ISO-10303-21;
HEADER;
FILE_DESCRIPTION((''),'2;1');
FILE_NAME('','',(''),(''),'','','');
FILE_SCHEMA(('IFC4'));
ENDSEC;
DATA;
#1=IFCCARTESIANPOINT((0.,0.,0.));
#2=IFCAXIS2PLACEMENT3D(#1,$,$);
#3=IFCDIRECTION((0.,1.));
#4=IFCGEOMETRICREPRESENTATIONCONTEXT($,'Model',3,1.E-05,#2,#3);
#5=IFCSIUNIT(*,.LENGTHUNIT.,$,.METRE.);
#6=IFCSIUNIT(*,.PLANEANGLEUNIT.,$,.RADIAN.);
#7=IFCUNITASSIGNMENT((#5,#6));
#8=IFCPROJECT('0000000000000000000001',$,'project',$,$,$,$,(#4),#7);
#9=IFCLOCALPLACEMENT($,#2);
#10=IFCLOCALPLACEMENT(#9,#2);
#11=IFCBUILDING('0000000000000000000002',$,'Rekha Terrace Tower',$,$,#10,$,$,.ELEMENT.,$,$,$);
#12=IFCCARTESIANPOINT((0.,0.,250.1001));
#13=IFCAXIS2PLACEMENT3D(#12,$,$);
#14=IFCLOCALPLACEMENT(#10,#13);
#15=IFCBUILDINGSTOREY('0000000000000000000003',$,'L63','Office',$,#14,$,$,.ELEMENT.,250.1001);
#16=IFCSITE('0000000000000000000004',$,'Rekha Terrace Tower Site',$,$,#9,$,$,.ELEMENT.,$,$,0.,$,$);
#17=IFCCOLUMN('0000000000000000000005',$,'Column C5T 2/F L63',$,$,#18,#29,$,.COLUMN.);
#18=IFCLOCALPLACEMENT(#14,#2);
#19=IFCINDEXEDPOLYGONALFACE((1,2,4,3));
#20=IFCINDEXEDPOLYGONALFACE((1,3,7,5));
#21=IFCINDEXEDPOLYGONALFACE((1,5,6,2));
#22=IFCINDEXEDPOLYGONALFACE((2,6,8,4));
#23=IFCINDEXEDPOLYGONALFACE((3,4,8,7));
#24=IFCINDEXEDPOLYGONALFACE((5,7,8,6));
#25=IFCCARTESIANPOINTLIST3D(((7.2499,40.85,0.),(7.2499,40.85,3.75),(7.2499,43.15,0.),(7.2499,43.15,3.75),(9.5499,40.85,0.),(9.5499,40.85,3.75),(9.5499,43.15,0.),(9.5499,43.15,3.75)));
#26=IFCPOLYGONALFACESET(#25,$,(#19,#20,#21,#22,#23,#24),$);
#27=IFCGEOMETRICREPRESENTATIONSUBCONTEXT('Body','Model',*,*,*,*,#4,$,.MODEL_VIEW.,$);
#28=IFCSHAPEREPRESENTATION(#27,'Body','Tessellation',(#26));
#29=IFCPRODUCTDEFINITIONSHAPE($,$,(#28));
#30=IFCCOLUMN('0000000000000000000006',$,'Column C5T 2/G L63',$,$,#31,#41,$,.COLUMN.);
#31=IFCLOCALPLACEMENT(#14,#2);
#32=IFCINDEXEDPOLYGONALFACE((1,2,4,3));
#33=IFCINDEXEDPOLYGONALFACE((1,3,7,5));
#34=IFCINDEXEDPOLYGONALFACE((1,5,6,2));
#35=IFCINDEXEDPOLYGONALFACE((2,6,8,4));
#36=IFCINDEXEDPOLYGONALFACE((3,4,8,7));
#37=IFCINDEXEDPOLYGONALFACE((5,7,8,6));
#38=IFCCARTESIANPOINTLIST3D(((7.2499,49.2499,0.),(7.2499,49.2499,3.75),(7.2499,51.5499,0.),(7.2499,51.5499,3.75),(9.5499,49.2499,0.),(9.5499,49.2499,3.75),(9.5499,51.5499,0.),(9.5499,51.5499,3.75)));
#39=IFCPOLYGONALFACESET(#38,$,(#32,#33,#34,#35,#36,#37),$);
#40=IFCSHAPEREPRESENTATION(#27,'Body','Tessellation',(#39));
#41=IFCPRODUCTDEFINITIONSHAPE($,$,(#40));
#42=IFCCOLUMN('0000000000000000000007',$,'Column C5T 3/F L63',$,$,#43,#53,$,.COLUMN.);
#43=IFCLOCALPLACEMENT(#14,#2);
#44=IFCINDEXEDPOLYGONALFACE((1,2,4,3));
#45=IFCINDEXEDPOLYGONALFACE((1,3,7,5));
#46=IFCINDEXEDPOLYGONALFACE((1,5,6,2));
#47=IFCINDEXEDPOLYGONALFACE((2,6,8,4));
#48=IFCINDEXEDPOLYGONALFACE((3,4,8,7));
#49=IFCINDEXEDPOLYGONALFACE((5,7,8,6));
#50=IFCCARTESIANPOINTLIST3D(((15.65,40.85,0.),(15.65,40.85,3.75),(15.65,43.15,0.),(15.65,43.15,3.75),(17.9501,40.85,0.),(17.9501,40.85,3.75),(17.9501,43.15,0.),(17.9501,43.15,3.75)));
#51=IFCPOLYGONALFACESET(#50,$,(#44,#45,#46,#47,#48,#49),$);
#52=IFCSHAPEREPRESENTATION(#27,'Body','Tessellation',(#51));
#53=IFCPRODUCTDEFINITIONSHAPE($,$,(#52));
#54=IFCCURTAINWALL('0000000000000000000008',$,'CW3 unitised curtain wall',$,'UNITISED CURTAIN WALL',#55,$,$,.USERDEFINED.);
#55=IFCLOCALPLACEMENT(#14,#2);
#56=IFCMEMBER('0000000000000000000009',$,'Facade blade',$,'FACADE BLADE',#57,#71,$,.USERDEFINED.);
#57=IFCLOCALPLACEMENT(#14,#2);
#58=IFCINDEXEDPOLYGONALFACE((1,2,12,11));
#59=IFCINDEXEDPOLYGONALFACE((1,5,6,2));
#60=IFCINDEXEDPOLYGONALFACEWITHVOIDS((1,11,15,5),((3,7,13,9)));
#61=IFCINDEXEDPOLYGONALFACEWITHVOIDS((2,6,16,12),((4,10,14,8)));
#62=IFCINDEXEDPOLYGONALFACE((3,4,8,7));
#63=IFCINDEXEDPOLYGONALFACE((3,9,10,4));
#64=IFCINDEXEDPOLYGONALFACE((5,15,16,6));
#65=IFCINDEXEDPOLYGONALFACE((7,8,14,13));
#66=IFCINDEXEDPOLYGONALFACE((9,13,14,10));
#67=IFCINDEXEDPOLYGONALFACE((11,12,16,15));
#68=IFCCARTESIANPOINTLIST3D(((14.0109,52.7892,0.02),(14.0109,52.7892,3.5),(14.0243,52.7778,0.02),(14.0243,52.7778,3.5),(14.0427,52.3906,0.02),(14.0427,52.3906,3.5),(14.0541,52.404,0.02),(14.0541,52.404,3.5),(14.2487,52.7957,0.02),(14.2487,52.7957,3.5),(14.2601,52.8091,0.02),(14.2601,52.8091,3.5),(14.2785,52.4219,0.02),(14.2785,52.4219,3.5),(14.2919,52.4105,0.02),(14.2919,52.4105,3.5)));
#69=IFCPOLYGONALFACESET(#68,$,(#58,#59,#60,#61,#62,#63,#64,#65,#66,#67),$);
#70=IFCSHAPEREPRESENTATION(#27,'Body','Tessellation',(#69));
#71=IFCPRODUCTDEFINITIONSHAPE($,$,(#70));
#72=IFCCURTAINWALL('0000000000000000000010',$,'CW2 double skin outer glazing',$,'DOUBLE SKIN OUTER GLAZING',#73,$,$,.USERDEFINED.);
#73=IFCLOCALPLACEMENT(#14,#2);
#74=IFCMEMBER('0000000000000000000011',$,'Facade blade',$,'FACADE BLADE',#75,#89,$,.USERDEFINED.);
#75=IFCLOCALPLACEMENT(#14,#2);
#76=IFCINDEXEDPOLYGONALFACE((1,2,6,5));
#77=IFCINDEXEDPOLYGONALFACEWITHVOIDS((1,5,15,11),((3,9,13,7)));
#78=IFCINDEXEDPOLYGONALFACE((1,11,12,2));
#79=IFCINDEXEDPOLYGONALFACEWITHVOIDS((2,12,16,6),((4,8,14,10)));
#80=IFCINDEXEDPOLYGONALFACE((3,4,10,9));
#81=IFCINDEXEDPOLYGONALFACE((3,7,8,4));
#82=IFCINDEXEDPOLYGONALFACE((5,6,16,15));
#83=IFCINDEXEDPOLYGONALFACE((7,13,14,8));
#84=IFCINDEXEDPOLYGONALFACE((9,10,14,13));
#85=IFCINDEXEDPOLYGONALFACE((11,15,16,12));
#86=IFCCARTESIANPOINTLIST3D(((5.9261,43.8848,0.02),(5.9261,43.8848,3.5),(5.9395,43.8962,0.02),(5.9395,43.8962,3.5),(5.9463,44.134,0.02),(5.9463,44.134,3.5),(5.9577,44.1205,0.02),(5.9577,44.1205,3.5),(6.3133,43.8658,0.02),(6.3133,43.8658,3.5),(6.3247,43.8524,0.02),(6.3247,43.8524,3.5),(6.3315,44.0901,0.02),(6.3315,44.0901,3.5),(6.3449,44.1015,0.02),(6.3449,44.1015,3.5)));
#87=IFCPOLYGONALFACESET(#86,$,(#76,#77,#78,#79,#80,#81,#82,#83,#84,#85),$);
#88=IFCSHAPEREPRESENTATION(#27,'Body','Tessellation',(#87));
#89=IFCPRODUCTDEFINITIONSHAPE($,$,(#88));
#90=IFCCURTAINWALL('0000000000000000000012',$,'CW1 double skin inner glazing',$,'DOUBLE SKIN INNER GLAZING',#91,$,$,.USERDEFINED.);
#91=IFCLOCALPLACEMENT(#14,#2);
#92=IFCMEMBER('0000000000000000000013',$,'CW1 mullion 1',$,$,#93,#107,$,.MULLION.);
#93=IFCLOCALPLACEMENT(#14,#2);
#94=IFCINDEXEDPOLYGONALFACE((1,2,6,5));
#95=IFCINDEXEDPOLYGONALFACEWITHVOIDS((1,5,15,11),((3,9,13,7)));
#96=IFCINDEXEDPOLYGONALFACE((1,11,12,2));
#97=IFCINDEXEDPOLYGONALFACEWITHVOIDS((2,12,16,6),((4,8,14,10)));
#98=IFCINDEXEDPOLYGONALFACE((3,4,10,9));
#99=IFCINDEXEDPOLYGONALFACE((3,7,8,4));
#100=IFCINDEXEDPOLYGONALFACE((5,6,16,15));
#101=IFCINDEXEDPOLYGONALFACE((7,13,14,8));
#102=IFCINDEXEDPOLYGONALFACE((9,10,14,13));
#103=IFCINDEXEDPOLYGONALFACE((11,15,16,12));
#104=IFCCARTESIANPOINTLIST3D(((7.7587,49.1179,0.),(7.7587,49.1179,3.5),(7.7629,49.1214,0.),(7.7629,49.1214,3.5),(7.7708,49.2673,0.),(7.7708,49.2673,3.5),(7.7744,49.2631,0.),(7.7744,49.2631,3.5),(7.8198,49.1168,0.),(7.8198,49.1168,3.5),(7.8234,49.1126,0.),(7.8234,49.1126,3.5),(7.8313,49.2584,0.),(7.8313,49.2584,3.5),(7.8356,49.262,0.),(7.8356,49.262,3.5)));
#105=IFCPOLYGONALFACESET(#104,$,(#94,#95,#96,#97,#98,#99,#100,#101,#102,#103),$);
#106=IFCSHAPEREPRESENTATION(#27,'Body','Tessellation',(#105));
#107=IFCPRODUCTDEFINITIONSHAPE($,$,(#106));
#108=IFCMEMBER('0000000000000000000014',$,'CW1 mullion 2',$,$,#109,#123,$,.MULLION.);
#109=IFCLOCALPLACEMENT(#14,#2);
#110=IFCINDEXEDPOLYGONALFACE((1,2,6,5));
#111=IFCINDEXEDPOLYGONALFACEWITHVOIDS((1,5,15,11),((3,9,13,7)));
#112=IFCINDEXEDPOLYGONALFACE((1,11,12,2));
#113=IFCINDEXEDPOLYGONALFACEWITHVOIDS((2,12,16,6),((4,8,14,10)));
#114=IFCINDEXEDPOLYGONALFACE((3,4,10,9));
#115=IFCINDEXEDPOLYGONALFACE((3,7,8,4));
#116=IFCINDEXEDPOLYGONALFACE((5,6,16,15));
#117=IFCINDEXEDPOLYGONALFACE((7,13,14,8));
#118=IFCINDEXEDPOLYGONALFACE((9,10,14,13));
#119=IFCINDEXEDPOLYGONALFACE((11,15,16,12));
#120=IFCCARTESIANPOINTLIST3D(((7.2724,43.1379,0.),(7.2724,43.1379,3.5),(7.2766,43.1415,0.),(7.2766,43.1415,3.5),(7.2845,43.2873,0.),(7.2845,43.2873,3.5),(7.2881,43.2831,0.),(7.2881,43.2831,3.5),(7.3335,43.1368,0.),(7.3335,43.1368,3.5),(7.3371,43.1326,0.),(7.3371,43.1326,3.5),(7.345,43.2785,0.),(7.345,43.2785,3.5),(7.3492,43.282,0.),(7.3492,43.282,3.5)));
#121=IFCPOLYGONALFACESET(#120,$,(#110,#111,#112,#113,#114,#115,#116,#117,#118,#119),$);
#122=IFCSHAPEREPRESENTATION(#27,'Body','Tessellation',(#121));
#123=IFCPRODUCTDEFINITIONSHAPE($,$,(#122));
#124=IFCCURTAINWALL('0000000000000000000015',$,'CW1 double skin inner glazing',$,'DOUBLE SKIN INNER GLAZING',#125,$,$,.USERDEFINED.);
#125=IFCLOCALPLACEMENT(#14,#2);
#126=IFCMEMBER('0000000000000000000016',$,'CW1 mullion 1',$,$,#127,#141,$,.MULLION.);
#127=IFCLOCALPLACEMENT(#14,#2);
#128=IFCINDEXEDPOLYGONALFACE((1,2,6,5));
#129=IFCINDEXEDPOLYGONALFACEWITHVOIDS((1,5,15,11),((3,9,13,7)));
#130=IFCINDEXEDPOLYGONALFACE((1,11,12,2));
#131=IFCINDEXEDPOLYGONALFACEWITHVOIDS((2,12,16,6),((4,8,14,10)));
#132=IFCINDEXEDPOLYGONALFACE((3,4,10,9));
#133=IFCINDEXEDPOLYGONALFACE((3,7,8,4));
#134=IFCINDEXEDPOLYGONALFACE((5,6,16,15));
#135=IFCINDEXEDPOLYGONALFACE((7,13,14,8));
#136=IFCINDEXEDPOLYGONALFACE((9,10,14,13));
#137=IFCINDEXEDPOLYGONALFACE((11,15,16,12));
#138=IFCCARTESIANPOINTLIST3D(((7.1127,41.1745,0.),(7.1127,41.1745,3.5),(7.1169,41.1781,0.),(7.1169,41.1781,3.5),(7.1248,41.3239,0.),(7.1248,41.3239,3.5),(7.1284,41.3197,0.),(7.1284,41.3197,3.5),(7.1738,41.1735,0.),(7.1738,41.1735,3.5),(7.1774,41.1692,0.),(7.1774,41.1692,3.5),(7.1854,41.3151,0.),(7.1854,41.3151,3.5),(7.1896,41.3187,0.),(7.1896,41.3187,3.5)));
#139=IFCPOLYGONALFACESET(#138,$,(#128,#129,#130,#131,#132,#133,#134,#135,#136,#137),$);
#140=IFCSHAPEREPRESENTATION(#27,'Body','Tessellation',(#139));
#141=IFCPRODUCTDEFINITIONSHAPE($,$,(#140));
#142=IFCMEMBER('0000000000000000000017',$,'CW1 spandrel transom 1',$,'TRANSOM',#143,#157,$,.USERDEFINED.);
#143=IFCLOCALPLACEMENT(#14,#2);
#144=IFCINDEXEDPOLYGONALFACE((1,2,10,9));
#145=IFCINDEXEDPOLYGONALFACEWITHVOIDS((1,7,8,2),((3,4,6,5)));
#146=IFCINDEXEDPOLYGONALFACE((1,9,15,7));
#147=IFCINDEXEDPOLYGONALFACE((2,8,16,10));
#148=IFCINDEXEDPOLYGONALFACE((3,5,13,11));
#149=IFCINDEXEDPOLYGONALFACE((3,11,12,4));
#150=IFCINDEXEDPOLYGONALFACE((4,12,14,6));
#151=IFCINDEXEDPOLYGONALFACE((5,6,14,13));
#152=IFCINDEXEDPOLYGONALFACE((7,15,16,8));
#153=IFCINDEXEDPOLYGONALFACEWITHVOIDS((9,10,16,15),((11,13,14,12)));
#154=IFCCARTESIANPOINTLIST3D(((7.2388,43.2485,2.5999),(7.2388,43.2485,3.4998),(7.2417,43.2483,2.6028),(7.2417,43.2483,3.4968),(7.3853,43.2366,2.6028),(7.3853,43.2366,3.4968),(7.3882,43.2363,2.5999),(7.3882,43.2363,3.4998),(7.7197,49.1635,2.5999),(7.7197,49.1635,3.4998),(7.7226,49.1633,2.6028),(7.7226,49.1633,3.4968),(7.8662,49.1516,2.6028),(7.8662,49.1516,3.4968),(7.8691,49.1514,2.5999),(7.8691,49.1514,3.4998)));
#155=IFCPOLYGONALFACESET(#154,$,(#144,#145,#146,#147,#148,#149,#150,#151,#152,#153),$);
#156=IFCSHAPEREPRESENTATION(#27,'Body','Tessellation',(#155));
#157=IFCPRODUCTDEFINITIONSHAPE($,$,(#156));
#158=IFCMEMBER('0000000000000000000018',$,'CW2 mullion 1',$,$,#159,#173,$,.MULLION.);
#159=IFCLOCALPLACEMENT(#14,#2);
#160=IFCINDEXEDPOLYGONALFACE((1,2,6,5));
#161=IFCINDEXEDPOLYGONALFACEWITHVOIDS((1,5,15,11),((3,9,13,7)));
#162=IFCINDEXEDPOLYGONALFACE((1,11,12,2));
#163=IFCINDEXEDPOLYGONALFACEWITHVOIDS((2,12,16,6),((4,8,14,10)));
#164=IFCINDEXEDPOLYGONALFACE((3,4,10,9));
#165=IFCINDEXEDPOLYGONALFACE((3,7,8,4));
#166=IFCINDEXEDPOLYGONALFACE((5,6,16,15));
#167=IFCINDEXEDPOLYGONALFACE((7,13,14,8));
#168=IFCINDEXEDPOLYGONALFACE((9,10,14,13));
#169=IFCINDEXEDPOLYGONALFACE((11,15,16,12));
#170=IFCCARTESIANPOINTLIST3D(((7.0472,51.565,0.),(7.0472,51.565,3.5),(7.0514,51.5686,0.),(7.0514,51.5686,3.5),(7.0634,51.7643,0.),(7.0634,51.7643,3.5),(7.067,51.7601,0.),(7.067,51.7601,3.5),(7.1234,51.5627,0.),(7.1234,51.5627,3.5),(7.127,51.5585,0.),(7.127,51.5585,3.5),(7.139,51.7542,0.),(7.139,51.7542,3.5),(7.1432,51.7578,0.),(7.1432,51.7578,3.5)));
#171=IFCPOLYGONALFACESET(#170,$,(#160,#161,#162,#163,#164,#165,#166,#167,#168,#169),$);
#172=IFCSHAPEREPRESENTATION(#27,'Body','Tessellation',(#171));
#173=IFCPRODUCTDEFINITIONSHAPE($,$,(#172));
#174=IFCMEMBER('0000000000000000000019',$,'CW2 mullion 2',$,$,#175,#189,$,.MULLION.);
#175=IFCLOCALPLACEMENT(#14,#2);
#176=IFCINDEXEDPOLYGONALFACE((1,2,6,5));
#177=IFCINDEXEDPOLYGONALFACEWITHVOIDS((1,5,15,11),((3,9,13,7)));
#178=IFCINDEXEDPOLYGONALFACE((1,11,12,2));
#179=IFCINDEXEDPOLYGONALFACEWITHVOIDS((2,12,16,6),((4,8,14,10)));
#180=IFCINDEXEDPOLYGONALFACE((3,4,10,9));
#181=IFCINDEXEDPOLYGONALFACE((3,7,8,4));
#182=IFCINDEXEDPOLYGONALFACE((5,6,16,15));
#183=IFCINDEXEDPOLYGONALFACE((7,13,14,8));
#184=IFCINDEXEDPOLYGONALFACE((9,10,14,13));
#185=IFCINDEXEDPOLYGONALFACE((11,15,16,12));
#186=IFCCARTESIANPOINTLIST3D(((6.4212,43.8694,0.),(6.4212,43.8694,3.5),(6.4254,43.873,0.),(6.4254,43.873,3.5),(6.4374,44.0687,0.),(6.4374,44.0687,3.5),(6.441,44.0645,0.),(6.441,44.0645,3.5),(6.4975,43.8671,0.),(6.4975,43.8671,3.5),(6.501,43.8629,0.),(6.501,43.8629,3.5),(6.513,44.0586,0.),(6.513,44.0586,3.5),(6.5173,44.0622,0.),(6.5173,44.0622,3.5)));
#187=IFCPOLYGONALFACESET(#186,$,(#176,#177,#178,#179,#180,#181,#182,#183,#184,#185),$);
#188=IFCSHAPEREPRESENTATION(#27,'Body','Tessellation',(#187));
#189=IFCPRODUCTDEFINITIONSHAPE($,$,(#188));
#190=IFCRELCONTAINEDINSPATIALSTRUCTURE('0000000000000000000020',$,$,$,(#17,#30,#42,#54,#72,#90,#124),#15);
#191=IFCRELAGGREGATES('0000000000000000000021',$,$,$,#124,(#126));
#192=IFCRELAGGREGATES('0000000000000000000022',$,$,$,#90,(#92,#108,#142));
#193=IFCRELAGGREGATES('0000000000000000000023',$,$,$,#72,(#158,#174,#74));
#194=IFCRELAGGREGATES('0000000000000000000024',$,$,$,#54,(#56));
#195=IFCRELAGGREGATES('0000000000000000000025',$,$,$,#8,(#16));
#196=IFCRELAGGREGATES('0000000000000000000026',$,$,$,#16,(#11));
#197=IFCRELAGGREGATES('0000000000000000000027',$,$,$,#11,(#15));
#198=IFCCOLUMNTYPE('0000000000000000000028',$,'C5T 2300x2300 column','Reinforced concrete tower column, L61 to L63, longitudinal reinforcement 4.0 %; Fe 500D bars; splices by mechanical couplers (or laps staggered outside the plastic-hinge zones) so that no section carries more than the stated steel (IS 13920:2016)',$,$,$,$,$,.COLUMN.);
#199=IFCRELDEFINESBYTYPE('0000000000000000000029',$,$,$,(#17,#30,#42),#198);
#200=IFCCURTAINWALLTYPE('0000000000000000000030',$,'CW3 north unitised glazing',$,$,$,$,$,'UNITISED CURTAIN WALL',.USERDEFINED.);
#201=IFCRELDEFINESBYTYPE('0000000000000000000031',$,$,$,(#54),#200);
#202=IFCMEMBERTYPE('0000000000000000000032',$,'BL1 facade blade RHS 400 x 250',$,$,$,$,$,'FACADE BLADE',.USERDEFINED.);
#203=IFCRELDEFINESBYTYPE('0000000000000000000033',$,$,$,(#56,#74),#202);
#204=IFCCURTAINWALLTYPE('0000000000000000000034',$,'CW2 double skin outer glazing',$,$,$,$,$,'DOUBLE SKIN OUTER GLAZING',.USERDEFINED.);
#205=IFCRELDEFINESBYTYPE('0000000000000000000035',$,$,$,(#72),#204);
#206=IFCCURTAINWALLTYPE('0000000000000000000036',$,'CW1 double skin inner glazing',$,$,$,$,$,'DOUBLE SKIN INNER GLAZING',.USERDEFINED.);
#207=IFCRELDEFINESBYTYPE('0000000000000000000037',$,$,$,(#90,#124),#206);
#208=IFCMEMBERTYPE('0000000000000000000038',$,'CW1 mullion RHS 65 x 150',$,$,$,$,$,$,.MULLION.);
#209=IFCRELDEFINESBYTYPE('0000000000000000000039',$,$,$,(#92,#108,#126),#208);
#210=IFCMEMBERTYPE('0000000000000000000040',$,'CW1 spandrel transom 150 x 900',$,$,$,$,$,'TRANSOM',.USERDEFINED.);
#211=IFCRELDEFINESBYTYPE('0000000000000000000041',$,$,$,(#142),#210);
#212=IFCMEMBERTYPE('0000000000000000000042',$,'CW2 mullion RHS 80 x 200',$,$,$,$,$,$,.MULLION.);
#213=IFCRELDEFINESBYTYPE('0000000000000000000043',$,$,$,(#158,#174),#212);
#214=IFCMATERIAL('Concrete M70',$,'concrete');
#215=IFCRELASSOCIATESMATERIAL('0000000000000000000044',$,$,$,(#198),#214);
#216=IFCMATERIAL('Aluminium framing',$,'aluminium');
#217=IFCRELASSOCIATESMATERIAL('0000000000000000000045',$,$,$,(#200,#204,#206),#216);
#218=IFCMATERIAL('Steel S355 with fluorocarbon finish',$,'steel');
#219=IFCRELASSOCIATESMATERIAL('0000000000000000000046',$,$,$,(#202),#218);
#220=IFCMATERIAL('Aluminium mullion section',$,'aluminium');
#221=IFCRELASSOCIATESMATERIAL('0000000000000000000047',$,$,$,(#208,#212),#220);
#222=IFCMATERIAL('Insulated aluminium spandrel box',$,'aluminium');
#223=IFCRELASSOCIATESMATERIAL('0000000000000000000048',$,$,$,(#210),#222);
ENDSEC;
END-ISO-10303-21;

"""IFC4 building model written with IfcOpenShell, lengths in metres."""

from ifc_helpers import new_model, si_unit, direction, frame, origin, origin_2d, place, context, subcontext, project, spatial, rectangle, hollow_rectangle, extrude, material, material_profile, profile_set, type_object, element, aggregate, save


model = new_model("IFC4")

# Units and contexts
model_context = context("Model", 3, precision=1e-05, world=origin(), true_north=direction((0.0, 1.0)))
body_context = subcontext(model_context, "Body", "Model", "MODEL_VIEW")
ifc_project = project(units=[si_unit("LENGTHUNIT", "METRE"), si_unit("PLANEANGLEUNIT", "RADIAN")], contexts=[model_context])

# Site, building, storey
site_placement = place(None, origin())
site = spatial("IfcSite", under=ifc_project, at=site_placement, Name="Rekha Terrace Tower Site", CompositionType="ELEMENT", RefElevation=0.0)
building_placement = place(site_placement, origin())
building = spatial("IfcBuilding", under=site, at=building_placement, Name="Rekha Terrace Tower", CompositionType="ELEMENT")
storey_placement = place(building_placement, frame((0.0, 0.0, 250.1001)))
storey = spatial("IfcBuildingStorey", under=building, at=storey_placement, Name="L63", Description="Office", CompositionType="ELEMENT", Elevation=250.1001)

# Columns
ifc_material_1 = material(Name="Concrete M70", Category="concrete")
ifc_material_profile_1 = material_profile(ifc_material_1, rectangle(XDim=2.3, YDim=2.3, at=origin_2d()), Name="RC 2300x2300")
ifc_profile_set_1 = profile_set([ifc_material_profile_1], Name="Concrete M70")
column_type = type_object("IfcColumnType", Name="C5T 2300x2300 column", Description="Reinforced concrete tower column, L61 to L63, longitudinal reinforcement 4.0 %; Fe 500D bars; splices by mechanical couplers (or laps staggered outside the plastic-hinge zones) so that no section carries more than the stated steel (IS 13920:2016)", PredefinedType="COLUMN", material=ifc_profile_set_1)
for number, where, z_axis, x_axis, name in (
    (1, (8.3999, 42.0, 0.0), (0.0, 0.0, 1.0), (1.0, 0.0, 0.0), "Column C5T 2/F L63"),
    (2, (8.3999, 50.3999, 0.0), (0.0, 0.0, 1.0), (1.0, 0.0, 0.0), "Column C5T 2/G L63"),
    (3, (16.8, 42.0, 0.0), (0.0, 0.0, 1.0), (1.0, 0.0, 0.0), "Column C5T 3/F L63"),
):
    element("IfcColumn", number, at=place(storey_placement, frame(where, z_axis=z_axis, x_axis=x_axis)), inside=storey, type_object=column_type, Name=name, PredefinedType="COLUMN", context=body_context, shape_type="SweptSolid", body=[
        extrude(rectangle(XDim=2.3, YDim=2.3, at=origin_2d()), origin(), (0.0, 0.0, 1.0), 3.75),
    ])

# Curtain walls, members
ifc_material_2 = material(Name="Aluminium framing", Category="aluminium")
curtain_wall_type_1 = type_object("IfcCurtainWallType", Name="CW3 north unitised glazing", ElementType="UNITISED CURTAIN WALL", PredefinedType="USERDEFINED", material=ifc_material_2)
curtain_wall_1_placement = place(storey_placement, origin())
curtain_wall_1 = element("IfcCurtainWall", 4, at=curtain_wall_1_placement, inside=storey, type_object=curtain_wall_type_1, Name="CW3 unitised curtain wall", ObjectType="UNITISED CURTAIN WALL", PredefinedType="USERDEFINED")
ifc_material_3 = material(Name="Steel S355 with fluorocarbon finish", Category="steel")
ifc_material_profile_2 = material_profile(ifc_material_3, hollow_rectangle(XDim=0.25, YDim=0.3999, WallThickness=0.0125, at=origin_2d()), Name="RHS400x250x12.5")
ifc_profile_set_2 = profile_set([ifc_material_profile_2], Name="Steel S355 with fluorocarbon finish")
member_type_1 = type_object("IfcMemberType", Name="BL1 facade blade RHS 400 x 250", ElementType="FACADE BLADE", PredefinedType="USERDEFINED", material=ifc_profile_set_2)
member_1_placement = place(storey_placement, frame((14.1514, 52.5999, 0.02), z_axis=(0.0, 0.0, 1.0), x_axis=(-0.996836, -0.079486, 0.0)))
member_1 = element("IfcMember", 5, at=member_1_placement, type_object=member_type_1, Name="Facade blade", ObjectType="FACADE BLADE", PredefinedType="USERDEFINED", context=body_context, shape_type="SweptSolid", body=[
    extrude(hollow_rectangle(XDim=0.25, YDim=0.3999, WallThickness=0.0125, at=origin_2d()), origin(), (0.0, 0.0, 1.0), 3.48),
])
curtain_wall_type_2 = type_object("IfcCurtainWallType", Name="CW2 double skin outer glazing", ElementType="DOUBLE SKIN OUTER GLAZING", PredefinedType="USERDEFINED", material=ifc_material_2)
curtain_wall_2_placement = place(storey_placement, origin())
curtain_wall_2 = element("IfcCurtainWall", 6, at=curtain_wall_2_placement, inside=storey, type_object=curtain_wall_type_2, Name="CW2 double skin outer glazing", ObjectType="DOUBLE SKIN OUTER GLAZING", PredefinedType="USERDEFINED")
member_2_placement = place(storey_placement, frame((6.1355, 43.9932, 0.02), z_axis=(0.0, 0.0, 1.0), x_axis=(-0.081069, -0.996709, 0.0)))
member_2 = element("IfcMember", 7, at=member_2_placement, type_object=member_type_1, Name="Facade blade", ObjectType="FACADE BLADE", PredefinedType="USERDEFINED", context=body_context, shape_type="SweptSolid", body=[
    extrude(hollow_rectangle(XDim=0.25, YDim=0.3999, WallThickness=0.0125, at=origin_2d()), origin(), (0.0, 0.0, 1.0), 3.48),
])

# Curtain wall, members
curtain_wall_type_3 = type_object("IfcCurtainWallType", Name="CW1 double skin inner glazing", ElementType="DOUBLE SKIN INNER GLAZING", PredefinedType="USERDEFINED", material=ifc_material_2)
curtain_wall_3_placement = place(storey_placement, origin())
curtain_wall_3 = element("IfcCurtainWall", 8, at=curtain_wall_3_placement, inside=storey, type_object=curtain_wall_type_3, Name="CW1 double skin inner glazing", ObjectType="DOUBLE SKIN INNER GLAZING", PredefinedType="USERDEFINED")
ifc_material_4 = material(Name="Aluminium mullion section", Category="aluminium")
ifc_material_profile_3 = material_profile(ifc_material_4, hollow_rectangle(XDim=0.0649, YDim=0.1499, WallThickness=0.0039, at=origin_2d()), Name="AL RHS 65x150")
ifc_profile_set_3 = profile_set([ifc_material_profile_3], Name="Aluminium mullion section")
member_type_2 = type_object("IfcMemberType", Name="CW1 mullion RHS 65 x 150", PredefinedType="MULLION", material=ifc_profile_set_3)
member_3_placement = place(storey_placement, frame((7.7971, 49.1899, 0.0), z_axis=(0.0, 0.0, 1.0), x_axis=(0.996709, -0.081068, 0.0)))
member_3 = element("IfcMember", 9, at=member_3_placement, type_object=member_type_2, Name="CW1 mullion 1", PredefinedType="MULLION", context=body_context, shape_type="SweptSolid", body=[
    extrude(hollow_rectangle(XDim=0.0649, YDim=0.1499, WallThickness=0.0039, at=origin_2d()), origin(), (0.0, 0.0, 1.0), 3.5),
])
member_4_placement = place(storey_placement, frame((7.3108, 43.21, 0.0), z_axis=(0.0, 0.0, 1.0), x_axis=(0.996709, -0.081068, 0.0)))
member_4 = element("IfcMember", 10, at=member_4_placement, type_object=member_type_2, Name="CW1 mullion 2", PredefinedType="MULLION", context=body_context, shape_type="SweptSolid", body=[
    extrude(hollow_rectangle(XDim=0.0649, YDim=0.1499, WallThickness=0.0039, at=origin_2d()), origin(), (0.0, 0.0, 1.0), 3.5),
])

# Curtain wall, member
curtain_wall_4_placement = place(storey_placement, origin())
curtain_wall_4 = element("IfcCurtainWall", 11, at=curtain_wall_4_placement, inside=storey, type_object=curtain_wall_type_3, Name="CW1 double skin inner glazing", ObjectType="DOUBLE SKIN INNER GLAZING", PredefinedType="USERDEFINED")
member_5_placement = place(storey_placement, frame((7.1511, 41.2466, 0.0), z_axis=(0.0, 0.0, 1.0), x_axis=(0.996709, -0.081068, 0.0)))
member_5 = element("IfcMember", 12, at=member_5_placement, type_object=member_type_2, Name="CW1 mullion 1", PredefinedType="MULLION", context=body_context, shape_type="SweptSolid", body=[
    extrude(hollow_rectangle(XDim=0.0649, YDim=0.1499, WallThickness=0.0039, at=origin_2d()), origin(), (0.0, 0.0, 1.0), 3.5),
])
aggregate(curtain_wall_4, [member_5])

# Members
ifc_material_5 = material(Name="Insulated aluminium spandrel box", Category="aluminium")
ifc_material_profile_4 = material_profile(ifc_material_5, hollow_rectangle(XDim=0.1499, YDim=0.8999, WallThickness=0.0029, at=origin_2d()), Name="AL SPANDREL BOX 150x900")
ifc_profile_set_4 = profile_set([ifc_material_profile_4], Name="Insulated aluminium spandrel box")
member_type_3 = type_object("IfcMemberType", Name="CW1 spandrel transom 150 x 900", ElementType="TRANSOM", PredefinedType="USERDEFINED", material=ifc_profile_set_4)
member_6_placement = place(storey_placement, frame((7.7944, 49.1575, 3.0498), z_axis=(-0.081043, -0.996711, 0.0), x_axis=(0.996711, -0.081043, 0.0)))
member_6 = element("IfcMember", 13, at=member_6_placement, type_object=member_type_3, Name="CW1 spandrel transom 1", ObjectType="TRANSOM", PredefinedType="USERDEFINED", context=body_context, shape_type="SweptSolid", body=[
    extrude(hollow_rectangle(XDim=0.1499, YDim=0.8999, WallThickness=0.0029, at=origin_2d()), origin(), (0.0, 0.0, 1.0), 5.9346),
])
ifc_material_profile_5 = material_profile(ifc_material_4, hollow_rectangle(XDim=0.0801, YDim=0.2, WallThickness=0.0039, at=origin_2d()), Name="AL RHS 80x200")
ifc_profile_set_5 = profile_set([ifc_material_profile_5], Name="Aluminium mullion section")
member_type_4 = type_object("IfcMemberType", Name="CW2 mullion RHS 80 x 200", PredefinedType="MULLION", material=ifc_profile_set_5)
member_7_placement = place(storey_placement, frame((7.0952, 51.6614, 0.0), z_axis=(0.0, 0.0, 1.0), x_axis=(0.996709, -0.081068, 0.0)))
member_7 = element("IfcMember", 14, at=member_7_placement, type_object=member_type_4, Name="CW2 mullion 1", PredefinedType="MULLION", context=body_context, shape_type="SweptSolid", body=[
    extrude(hollow_rectangle(XDim=0.0801, YDim=0.2, WallThickness=0.0039, at=origin_2d()), origin(), (0.0, 0.0, 1.0), 3.5),
])
member_8_placement = place(storey_placement, frame((6.4692, 43.9658, 0.0), z_axis=(0.0, 0.0, 1.0), x_axis=(0.996709, -0.081068, 0.0)))
member_8 = element("IfcMember", 15, at=member_8_placement, type_object=member_type_4, Name="CW2 mullion 2", PredefinedType="MULLION", context=body_context, shape_type="SweptSolid", body=[
    extrude(hollow_rectangle(XDim=0.0801, YDim=0.2, WallThickness=0.0039, at=origin_2d()), origin(), (0.0, 0.0, 1.0), 3.5),
])

aggregate(curtain_wall_3, [member_3, member_4, member_6])
aggregate(curtain_wall_2, [member_7, member_8, member_2])
aggregate(curtain_wall_1, [member_1])

save(model, "model.ifc")
